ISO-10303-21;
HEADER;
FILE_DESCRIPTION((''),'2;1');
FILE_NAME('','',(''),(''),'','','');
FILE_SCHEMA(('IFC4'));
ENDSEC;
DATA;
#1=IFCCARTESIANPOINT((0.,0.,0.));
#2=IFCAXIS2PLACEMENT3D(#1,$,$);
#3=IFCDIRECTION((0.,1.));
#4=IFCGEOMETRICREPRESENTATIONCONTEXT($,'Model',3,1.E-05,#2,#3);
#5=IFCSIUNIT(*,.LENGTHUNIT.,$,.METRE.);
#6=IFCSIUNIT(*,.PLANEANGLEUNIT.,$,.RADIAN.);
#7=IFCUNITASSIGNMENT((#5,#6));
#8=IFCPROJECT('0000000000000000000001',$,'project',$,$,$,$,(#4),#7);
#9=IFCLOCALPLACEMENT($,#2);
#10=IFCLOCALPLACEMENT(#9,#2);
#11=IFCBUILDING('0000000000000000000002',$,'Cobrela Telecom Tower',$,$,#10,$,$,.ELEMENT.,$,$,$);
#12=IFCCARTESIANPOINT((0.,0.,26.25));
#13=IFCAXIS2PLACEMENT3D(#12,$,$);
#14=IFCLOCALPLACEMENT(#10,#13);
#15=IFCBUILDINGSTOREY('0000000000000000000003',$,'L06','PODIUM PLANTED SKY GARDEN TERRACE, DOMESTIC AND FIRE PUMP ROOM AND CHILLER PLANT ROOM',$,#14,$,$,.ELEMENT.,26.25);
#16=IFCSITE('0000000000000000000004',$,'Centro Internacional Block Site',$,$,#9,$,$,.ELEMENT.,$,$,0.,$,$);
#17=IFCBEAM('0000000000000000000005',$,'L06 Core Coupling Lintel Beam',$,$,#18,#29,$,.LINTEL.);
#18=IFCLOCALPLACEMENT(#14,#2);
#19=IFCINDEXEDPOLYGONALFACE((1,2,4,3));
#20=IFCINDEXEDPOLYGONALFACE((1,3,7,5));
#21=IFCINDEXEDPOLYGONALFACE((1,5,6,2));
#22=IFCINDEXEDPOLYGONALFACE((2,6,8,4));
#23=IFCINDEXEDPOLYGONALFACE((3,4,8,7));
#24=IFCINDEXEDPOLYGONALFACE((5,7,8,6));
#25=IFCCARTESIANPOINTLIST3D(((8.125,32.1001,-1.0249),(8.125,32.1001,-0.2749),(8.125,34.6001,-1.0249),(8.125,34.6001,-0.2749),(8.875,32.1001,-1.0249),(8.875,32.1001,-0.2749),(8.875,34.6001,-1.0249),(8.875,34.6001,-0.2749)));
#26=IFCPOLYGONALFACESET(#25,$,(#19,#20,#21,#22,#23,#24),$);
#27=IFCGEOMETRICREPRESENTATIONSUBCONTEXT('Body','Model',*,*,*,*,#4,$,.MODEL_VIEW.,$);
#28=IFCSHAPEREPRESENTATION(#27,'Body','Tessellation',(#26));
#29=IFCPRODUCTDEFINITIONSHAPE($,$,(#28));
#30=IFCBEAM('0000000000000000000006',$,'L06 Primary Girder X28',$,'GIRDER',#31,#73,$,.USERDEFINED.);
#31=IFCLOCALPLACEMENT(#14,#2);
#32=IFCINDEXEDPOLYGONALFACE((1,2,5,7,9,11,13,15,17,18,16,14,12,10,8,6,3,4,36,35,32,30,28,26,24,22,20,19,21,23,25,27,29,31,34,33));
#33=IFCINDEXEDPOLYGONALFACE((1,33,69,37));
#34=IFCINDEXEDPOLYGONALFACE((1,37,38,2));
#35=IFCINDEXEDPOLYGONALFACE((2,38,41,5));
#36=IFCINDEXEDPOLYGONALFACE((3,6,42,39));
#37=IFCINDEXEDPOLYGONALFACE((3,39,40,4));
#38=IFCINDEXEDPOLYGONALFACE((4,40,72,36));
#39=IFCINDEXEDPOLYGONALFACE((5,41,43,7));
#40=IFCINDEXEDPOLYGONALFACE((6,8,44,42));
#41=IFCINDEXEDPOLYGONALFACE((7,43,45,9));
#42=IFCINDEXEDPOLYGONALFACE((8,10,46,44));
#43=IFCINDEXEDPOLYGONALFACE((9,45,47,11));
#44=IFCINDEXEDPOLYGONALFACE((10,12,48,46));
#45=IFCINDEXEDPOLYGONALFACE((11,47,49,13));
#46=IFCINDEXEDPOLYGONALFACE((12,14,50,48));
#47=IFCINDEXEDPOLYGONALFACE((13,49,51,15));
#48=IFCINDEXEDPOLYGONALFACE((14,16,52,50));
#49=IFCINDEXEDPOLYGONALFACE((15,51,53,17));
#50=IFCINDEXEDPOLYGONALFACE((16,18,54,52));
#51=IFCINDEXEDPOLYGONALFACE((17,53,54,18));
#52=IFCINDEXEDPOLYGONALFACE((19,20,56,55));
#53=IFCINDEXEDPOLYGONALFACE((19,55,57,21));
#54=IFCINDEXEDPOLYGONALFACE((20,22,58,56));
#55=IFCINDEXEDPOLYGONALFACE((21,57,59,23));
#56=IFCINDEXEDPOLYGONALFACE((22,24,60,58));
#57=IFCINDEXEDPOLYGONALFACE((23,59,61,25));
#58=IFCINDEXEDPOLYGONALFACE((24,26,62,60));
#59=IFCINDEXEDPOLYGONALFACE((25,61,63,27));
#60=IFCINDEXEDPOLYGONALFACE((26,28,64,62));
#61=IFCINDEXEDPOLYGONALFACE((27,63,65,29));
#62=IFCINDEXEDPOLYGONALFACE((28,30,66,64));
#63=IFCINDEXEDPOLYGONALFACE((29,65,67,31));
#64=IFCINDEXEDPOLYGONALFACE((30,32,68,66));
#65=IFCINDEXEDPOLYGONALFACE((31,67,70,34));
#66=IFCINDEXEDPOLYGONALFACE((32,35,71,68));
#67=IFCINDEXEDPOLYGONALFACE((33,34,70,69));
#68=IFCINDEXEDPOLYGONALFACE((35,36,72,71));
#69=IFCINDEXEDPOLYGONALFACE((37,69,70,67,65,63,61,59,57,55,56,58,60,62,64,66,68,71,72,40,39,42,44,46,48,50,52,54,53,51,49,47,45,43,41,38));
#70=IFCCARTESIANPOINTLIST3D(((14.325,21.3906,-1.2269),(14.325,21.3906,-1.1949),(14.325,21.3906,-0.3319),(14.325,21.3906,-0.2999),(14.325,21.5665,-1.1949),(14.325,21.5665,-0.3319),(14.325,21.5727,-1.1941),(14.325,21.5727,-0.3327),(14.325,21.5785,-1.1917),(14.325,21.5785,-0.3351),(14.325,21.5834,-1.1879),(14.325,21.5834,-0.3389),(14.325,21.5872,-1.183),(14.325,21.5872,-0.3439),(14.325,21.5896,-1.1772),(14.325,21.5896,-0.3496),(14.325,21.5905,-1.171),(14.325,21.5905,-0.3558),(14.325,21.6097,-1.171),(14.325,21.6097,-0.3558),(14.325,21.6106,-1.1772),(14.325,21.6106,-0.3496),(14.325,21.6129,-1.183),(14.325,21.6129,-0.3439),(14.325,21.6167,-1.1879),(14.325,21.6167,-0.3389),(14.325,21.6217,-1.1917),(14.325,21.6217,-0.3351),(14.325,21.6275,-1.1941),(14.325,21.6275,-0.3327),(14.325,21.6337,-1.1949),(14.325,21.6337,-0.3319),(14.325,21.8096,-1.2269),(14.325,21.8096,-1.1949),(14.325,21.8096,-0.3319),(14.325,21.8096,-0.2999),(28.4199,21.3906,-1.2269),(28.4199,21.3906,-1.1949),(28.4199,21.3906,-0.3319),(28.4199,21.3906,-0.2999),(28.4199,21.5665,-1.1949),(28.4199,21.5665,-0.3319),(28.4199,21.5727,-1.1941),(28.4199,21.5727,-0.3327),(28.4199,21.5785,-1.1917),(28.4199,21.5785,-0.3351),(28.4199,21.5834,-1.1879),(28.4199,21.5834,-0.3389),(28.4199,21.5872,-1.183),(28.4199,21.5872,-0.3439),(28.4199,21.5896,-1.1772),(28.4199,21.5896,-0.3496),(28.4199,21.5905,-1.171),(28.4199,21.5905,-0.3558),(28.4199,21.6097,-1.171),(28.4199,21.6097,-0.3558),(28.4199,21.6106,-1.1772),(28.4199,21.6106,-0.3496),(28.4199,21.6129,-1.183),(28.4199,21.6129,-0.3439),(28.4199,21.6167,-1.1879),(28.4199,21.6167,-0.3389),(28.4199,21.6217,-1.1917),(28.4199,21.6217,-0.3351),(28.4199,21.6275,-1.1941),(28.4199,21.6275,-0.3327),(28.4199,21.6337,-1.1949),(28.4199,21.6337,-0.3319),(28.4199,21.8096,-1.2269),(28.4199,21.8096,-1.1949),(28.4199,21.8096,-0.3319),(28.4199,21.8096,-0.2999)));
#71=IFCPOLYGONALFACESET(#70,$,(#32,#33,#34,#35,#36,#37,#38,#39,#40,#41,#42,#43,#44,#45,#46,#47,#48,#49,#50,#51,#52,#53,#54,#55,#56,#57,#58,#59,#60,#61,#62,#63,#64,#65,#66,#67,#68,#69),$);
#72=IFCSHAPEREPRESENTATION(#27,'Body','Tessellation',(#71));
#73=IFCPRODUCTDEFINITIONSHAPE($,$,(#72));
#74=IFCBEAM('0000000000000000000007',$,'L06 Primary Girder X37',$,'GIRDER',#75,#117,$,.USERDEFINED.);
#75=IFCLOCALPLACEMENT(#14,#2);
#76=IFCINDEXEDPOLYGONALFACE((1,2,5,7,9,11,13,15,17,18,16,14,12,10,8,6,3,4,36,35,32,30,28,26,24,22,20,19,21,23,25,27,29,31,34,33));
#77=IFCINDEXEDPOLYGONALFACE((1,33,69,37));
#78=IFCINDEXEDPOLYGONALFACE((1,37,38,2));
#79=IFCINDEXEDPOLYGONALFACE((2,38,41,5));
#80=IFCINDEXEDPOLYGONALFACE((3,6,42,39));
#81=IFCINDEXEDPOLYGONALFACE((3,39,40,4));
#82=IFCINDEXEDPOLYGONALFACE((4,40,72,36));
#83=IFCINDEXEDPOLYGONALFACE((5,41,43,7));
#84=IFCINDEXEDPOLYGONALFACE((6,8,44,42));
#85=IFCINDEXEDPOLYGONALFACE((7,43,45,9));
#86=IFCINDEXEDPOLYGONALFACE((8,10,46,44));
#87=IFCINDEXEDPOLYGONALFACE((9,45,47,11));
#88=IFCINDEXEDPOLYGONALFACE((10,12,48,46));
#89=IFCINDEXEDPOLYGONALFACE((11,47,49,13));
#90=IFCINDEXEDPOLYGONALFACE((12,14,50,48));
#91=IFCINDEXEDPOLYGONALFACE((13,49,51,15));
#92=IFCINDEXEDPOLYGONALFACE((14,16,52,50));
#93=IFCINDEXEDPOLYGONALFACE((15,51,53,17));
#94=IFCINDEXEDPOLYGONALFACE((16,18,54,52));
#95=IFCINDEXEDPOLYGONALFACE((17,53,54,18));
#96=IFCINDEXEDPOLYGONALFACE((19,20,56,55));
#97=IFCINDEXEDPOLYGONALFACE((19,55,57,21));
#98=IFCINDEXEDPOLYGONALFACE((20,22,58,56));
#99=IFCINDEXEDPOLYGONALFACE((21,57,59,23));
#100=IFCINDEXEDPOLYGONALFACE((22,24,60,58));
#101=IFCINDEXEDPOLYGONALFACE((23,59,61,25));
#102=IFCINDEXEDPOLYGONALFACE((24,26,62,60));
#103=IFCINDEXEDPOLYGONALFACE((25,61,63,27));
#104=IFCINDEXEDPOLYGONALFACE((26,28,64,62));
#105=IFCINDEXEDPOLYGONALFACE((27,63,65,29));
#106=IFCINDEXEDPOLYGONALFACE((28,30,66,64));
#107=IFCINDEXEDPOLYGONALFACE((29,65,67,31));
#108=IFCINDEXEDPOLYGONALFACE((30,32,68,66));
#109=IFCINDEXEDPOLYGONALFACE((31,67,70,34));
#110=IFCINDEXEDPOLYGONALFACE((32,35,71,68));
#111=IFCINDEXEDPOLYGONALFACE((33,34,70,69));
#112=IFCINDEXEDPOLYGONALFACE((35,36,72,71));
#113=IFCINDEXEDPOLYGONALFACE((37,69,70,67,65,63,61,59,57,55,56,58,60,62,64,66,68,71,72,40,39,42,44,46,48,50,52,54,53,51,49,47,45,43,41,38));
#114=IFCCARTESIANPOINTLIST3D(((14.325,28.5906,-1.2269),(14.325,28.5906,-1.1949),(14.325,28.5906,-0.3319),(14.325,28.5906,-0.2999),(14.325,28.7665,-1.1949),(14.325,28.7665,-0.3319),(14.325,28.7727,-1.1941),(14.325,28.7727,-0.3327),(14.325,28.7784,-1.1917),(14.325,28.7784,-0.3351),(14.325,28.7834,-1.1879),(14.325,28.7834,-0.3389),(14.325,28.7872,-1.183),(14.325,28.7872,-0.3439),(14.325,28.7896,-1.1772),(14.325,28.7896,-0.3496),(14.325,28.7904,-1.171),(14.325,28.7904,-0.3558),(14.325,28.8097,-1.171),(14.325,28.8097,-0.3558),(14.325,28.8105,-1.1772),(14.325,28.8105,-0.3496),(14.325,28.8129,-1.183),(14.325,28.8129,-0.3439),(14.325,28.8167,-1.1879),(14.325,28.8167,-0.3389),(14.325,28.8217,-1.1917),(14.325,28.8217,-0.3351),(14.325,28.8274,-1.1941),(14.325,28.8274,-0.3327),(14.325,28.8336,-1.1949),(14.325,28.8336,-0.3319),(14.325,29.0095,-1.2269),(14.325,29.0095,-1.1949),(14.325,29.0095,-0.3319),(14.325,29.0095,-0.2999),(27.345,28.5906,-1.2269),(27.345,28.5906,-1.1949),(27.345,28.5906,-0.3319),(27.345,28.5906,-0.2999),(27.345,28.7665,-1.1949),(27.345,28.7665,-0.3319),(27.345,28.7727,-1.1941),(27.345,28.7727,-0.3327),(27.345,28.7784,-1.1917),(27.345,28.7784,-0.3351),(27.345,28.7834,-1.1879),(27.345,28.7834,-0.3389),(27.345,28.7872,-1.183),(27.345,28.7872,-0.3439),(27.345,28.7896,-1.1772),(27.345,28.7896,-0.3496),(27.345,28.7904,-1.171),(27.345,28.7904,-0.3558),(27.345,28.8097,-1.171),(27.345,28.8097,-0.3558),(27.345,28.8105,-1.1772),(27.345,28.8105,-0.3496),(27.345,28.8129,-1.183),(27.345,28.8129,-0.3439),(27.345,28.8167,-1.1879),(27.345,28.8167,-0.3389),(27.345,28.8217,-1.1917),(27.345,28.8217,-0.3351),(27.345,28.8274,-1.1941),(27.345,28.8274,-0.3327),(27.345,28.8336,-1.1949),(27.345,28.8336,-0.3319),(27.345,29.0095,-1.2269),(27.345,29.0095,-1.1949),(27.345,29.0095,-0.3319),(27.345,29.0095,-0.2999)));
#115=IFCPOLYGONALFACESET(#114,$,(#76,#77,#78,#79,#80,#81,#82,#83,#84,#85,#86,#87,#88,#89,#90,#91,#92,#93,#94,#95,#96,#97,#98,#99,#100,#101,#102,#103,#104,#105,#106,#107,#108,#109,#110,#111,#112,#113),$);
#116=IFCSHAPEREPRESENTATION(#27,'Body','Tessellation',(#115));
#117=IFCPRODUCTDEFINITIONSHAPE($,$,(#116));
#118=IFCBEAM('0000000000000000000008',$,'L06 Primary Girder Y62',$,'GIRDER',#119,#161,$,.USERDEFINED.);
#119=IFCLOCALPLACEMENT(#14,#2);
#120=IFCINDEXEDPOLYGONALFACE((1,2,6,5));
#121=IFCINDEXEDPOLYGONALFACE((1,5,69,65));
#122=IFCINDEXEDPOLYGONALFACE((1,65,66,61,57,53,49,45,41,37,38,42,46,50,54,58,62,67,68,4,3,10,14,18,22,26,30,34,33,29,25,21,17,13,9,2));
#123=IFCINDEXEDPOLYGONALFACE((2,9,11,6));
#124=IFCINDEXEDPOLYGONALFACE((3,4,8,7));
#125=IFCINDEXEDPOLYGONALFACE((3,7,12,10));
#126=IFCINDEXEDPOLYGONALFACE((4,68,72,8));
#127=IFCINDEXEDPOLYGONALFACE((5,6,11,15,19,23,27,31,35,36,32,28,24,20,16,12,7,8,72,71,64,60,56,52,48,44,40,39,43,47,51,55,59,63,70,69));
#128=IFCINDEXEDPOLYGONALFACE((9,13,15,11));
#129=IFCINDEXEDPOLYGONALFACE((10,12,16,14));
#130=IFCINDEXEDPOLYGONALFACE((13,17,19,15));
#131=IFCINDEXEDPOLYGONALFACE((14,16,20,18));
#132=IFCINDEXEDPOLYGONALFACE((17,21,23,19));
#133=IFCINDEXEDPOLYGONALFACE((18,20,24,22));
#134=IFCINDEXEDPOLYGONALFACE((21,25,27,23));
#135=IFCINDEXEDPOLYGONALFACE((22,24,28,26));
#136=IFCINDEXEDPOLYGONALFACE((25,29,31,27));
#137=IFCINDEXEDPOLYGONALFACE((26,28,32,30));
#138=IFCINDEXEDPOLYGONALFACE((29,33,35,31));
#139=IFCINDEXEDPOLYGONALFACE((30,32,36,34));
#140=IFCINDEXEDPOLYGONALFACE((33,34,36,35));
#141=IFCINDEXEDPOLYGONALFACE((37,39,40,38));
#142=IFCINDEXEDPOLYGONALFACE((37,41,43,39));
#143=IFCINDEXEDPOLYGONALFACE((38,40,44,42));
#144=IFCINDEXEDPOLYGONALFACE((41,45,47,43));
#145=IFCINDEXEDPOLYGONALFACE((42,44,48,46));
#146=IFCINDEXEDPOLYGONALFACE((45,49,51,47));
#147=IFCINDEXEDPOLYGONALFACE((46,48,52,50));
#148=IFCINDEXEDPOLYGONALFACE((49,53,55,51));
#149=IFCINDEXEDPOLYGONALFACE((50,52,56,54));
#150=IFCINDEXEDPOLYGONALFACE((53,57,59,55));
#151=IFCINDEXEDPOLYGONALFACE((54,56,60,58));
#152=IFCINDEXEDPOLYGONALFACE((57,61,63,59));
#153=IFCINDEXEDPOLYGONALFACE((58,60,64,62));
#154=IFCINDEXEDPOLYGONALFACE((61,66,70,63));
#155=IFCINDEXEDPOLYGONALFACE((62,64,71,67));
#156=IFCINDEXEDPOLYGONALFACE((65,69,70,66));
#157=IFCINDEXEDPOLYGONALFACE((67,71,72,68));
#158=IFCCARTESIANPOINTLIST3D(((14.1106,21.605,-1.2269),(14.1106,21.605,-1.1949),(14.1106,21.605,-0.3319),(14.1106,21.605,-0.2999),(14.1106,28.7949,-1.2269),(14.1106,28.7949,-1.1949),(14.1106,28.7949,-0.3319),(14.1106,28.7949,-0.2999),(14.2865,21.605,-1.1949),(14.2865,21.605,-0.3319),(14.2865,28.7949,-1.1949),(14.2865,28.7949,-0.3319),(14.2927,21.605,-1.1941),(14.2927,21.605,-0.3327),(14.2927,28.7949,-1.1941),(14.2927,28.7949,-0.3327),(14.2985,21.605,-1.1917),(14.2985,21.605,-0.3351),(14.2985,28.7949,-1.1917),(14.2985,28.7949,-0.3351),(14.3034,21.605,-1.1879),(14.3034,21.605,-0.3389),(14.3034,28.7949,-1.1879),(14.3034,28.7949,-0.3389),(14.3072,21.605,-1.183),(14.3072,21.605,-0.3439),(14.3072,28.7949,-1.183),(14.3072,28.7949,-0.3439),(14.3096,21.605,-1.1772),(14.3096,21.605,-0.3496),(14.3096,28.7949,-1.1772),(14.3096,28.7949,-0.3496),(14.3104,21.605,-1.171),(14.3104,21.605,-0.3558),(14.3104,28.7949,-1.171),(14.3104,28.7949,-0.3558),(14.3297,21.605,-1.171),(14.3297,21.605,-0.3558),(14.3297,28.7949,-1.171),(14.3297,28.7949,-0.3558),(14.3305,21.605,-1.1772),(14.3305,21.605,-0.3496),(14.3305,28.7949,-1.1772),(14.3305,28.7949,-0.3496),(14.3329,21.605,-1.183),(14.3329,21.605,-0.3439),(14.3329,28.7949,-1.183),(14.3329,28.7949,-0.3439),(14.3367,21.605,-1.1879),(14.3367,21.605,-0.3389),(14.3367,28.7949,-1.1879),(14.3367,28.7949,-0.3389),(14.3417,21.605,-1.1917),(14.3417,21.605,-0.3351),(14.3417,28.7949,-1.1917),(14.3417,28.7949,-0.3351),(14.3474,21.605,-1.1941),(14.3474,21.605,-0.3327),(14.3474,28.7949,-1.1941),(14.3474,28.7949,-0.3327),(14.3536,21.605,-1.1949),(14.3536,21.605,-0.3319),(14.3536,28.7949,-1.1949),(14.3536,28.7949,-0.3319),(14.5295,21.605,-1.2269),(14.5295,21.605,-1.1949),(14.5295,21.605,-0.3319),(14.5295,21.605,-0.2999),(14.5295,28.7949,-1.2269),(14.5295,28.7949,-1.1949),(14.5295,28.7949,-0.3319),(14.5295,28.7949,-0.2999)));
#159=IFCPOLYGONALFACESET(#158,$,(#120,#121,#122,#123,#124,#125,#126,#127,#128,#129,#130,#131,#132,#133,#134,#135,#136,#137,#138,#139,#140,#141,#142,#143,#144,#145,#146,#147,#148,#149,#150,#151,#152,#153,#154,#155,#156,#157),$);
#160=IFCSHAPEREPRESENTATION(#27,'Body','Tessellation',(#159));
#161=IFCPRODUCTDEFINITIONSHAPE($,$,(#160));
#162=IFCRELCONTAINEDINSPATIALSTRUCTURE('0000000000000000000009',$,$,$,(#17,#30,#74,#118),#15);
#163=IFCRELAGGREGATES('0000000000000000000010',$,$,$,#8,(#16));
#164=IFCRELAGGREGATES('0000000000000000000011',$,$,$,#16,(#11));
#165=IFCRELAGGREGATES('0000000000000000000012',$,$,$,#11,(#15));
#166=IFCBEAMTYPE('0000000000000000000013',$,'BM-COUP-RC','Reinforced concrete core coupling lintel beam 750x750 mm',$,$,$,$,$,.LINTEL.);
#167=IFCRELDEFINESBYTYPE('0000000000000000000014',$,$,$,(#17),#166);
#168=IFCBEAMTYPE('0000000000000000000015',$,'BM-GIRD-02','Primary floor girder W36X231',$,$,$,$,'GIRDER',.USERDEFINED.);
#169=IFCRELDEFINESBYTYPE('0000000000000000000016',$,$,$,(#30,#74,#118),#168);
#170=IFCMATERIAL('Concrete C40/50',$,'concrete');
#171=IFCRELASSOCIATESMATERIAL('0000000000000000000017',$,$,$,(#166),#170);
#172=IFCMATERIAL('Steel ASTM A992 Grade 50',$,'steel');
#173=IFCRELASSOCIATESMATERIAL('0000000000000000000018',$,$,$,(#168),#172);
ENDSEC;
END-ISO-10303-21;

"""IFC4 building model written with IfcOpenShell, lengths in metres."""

from ifc_helpers import new_model, si_unit, direction, frame, origin, origin_2d, place, context, subcontext, project, spatial, rectangle, i_section, extrude, material, material_profile, profile_set, type_object, element, save


model = new_model("IFC4")

# Units and contexts
model_context = context("Model", 3, precision=1e-05, world=origin(), true_north=direction((0.0, 1.0)))
body_context = subcontext(model_context, "Body", "Model", "MODEL_VIEW")
ifc_project = project(units=[si_unit("LENGTHUNIT", "METRE"), si_unit("PLANEANGLEUNIT", "RADIAN")], contexts=[model_context])

# Site, building, storey
site_placement = place(None, origin())
site = spatial("IfcSite", under=ifc_project, at=site_placement, Name="Centro Internacional Block Site", CompositionType="ELEMENT", RefElevation=0.0)
building_placement = place(site_placement, origin())
building = spatial("IfcBuilding", under=site, at=building_placement, Name="Cobrela Telecom Tower", CompositionType="ELEMENT")
storey_placement = place(building_placement, frame((0.0, 0.0, 26.25)))
storey = spatial("IfcBuildingStorey", under=building, at=storey_placement, Name="L06", Description="PODIUM PLANTED SKY GARDEN TERRACE, DOMESTIC AND FIRE PUMP ROOM AND CHILLER PLANT ROOM", CompositionType="ELEMENT", Elevation=26.25)

# Beams
ifc_material_1 = material(Name="Concrete C40/50", Category="concrete")
ifc_material_profile_1 = material_profile(ifc_material_1, rectangle(XDim=0.75, YDim=0.75, at=origin_2d()), Name="RC 750x750")
ifc_profile_set_1 = profile_set([ifc_material_profile_1], Name="Concrete C40/50")
beam_type_1 = type_object("IfcBeamType", Name="BM-COUP-RC", Description="Reinforced concrete core coupling lintel beam 750x750 mm", PredefinedType="LINTEL", material=ifc_profile_set_1)
beam_1_placement = place(storey_placement, frame((8.5, 32.1001, -0.6499), z_axis=(0.0, 1.0, 0.0), x_axis=(-1.0, 0.0, 0.0)))
element("IfcBeam", 1, at=beam_1_placement, inside=storey, type_object=beam_type_1, Name="L06 Core Coupling Lintel Beam", PredefinedType="LINTEL", context=body_context, shape_type="SweptSolid", body=[
    extrude(rectangle(XDim=0.75, YDim=0.75, at=origin_2d()), origin(), (0.0, 0.0, 1.0), 2.5),
])
ifc_material_2 = material(Name="Steel ASTM A992 Grade 50", Category="steel")
ifc_material_profile_2 = material_profile(ifc_material_2, i_section(OverallWidth=0.4189, OverallDepth=0.927, WebThickness=0.0193, FlangeThickness=0.032, FilletRadius=0.0239, at=origin_2d()), Name="W36X231")
ifc_profile_set_2 = profile_set([ifc_material_profile_2], Name="Steel ASTM A992 Grade 50")
beam_type_2 = type_object("IfcBeamType", Name="BM-GIRD-02", Description="Primary floor girder W36X231", ElementType="GIRDER", PredefinedType="USERDEFINED", material=ifc_profile_set_2)
beam_2_placement = place(storey_placement, frame((14.325, 21.6001, -0.7634), z_axis=(1.0, 0.0, 0.0), x_axis=(0.0, 1.0, 0.0)))
element("IfcBeam", 2, at=beam_2_placement, inside=storey, type_object=beam_type_2, Name="L06 Primary Girder X28", ObjectType="GIRDER", PredefinedType="USERDEFINED", context=body_context, shape_type="SweptSolid", body=[
    extrude(i_section(OverallWidth=0.4189, OverallDepth=0.927, WebThickness=0.0193, FlangeThickness=0.032, FilletRadius=0.0239, at=origin_2d()), origin(), (0.0, 0.0, 1.0), 14.095),
])
beam_3_placement = place(storey_placement, frame((14.325, 28.8, -0.7634), z_axis=(1.0, 0.0, 0.0), x_axis=(0.0, 1.0, 0.0)))
element("IfcBeam", 3, at=beam_3_placement, inside=storey, type_object=beam_type_2, Name="L06 Primary Girder X37", ObjectType="GIRDER", PredefinedType="USERDEFINED", context=body_context, shape_type="SweptSolid", body=[
    extrude(i_section(OverallWidth=0.4189, OverallDepth=0.927, WebThickness=0.0193, FlangeThickness=0.032, FilletRadius=0.0239, at=origin_2d()), origin(), (0.0, 0.0, 1.0), 13.02),
])
beam_4_placement = place(storey_placement, frame((14.3201, 21.605, -0.7634), z_axis=(0.0, 1.0, 0.0), x_axis=(-1.0, 0.0, 0.0)))
element("IfcBeam", 4, at=beam_4_placement, inside=storey, type_object=beam_type_2, Name="L06 Primary Girder Y62", ObjectType="GIRDER", PredefinedType="USERDEFINED", context=body_context, shape_type="SweptSolid", body=[
    extrude(i_section(OverallWidth=0.4189, OverallDepth=0.927, WebThickness=0.0193, FlangeThickness=0.032, FilletRadius=0.0239, at=origin_2d()), origin(), (0.0, 0.0, 1.0), 7.1899),
])

save(model, "model.ifc")
